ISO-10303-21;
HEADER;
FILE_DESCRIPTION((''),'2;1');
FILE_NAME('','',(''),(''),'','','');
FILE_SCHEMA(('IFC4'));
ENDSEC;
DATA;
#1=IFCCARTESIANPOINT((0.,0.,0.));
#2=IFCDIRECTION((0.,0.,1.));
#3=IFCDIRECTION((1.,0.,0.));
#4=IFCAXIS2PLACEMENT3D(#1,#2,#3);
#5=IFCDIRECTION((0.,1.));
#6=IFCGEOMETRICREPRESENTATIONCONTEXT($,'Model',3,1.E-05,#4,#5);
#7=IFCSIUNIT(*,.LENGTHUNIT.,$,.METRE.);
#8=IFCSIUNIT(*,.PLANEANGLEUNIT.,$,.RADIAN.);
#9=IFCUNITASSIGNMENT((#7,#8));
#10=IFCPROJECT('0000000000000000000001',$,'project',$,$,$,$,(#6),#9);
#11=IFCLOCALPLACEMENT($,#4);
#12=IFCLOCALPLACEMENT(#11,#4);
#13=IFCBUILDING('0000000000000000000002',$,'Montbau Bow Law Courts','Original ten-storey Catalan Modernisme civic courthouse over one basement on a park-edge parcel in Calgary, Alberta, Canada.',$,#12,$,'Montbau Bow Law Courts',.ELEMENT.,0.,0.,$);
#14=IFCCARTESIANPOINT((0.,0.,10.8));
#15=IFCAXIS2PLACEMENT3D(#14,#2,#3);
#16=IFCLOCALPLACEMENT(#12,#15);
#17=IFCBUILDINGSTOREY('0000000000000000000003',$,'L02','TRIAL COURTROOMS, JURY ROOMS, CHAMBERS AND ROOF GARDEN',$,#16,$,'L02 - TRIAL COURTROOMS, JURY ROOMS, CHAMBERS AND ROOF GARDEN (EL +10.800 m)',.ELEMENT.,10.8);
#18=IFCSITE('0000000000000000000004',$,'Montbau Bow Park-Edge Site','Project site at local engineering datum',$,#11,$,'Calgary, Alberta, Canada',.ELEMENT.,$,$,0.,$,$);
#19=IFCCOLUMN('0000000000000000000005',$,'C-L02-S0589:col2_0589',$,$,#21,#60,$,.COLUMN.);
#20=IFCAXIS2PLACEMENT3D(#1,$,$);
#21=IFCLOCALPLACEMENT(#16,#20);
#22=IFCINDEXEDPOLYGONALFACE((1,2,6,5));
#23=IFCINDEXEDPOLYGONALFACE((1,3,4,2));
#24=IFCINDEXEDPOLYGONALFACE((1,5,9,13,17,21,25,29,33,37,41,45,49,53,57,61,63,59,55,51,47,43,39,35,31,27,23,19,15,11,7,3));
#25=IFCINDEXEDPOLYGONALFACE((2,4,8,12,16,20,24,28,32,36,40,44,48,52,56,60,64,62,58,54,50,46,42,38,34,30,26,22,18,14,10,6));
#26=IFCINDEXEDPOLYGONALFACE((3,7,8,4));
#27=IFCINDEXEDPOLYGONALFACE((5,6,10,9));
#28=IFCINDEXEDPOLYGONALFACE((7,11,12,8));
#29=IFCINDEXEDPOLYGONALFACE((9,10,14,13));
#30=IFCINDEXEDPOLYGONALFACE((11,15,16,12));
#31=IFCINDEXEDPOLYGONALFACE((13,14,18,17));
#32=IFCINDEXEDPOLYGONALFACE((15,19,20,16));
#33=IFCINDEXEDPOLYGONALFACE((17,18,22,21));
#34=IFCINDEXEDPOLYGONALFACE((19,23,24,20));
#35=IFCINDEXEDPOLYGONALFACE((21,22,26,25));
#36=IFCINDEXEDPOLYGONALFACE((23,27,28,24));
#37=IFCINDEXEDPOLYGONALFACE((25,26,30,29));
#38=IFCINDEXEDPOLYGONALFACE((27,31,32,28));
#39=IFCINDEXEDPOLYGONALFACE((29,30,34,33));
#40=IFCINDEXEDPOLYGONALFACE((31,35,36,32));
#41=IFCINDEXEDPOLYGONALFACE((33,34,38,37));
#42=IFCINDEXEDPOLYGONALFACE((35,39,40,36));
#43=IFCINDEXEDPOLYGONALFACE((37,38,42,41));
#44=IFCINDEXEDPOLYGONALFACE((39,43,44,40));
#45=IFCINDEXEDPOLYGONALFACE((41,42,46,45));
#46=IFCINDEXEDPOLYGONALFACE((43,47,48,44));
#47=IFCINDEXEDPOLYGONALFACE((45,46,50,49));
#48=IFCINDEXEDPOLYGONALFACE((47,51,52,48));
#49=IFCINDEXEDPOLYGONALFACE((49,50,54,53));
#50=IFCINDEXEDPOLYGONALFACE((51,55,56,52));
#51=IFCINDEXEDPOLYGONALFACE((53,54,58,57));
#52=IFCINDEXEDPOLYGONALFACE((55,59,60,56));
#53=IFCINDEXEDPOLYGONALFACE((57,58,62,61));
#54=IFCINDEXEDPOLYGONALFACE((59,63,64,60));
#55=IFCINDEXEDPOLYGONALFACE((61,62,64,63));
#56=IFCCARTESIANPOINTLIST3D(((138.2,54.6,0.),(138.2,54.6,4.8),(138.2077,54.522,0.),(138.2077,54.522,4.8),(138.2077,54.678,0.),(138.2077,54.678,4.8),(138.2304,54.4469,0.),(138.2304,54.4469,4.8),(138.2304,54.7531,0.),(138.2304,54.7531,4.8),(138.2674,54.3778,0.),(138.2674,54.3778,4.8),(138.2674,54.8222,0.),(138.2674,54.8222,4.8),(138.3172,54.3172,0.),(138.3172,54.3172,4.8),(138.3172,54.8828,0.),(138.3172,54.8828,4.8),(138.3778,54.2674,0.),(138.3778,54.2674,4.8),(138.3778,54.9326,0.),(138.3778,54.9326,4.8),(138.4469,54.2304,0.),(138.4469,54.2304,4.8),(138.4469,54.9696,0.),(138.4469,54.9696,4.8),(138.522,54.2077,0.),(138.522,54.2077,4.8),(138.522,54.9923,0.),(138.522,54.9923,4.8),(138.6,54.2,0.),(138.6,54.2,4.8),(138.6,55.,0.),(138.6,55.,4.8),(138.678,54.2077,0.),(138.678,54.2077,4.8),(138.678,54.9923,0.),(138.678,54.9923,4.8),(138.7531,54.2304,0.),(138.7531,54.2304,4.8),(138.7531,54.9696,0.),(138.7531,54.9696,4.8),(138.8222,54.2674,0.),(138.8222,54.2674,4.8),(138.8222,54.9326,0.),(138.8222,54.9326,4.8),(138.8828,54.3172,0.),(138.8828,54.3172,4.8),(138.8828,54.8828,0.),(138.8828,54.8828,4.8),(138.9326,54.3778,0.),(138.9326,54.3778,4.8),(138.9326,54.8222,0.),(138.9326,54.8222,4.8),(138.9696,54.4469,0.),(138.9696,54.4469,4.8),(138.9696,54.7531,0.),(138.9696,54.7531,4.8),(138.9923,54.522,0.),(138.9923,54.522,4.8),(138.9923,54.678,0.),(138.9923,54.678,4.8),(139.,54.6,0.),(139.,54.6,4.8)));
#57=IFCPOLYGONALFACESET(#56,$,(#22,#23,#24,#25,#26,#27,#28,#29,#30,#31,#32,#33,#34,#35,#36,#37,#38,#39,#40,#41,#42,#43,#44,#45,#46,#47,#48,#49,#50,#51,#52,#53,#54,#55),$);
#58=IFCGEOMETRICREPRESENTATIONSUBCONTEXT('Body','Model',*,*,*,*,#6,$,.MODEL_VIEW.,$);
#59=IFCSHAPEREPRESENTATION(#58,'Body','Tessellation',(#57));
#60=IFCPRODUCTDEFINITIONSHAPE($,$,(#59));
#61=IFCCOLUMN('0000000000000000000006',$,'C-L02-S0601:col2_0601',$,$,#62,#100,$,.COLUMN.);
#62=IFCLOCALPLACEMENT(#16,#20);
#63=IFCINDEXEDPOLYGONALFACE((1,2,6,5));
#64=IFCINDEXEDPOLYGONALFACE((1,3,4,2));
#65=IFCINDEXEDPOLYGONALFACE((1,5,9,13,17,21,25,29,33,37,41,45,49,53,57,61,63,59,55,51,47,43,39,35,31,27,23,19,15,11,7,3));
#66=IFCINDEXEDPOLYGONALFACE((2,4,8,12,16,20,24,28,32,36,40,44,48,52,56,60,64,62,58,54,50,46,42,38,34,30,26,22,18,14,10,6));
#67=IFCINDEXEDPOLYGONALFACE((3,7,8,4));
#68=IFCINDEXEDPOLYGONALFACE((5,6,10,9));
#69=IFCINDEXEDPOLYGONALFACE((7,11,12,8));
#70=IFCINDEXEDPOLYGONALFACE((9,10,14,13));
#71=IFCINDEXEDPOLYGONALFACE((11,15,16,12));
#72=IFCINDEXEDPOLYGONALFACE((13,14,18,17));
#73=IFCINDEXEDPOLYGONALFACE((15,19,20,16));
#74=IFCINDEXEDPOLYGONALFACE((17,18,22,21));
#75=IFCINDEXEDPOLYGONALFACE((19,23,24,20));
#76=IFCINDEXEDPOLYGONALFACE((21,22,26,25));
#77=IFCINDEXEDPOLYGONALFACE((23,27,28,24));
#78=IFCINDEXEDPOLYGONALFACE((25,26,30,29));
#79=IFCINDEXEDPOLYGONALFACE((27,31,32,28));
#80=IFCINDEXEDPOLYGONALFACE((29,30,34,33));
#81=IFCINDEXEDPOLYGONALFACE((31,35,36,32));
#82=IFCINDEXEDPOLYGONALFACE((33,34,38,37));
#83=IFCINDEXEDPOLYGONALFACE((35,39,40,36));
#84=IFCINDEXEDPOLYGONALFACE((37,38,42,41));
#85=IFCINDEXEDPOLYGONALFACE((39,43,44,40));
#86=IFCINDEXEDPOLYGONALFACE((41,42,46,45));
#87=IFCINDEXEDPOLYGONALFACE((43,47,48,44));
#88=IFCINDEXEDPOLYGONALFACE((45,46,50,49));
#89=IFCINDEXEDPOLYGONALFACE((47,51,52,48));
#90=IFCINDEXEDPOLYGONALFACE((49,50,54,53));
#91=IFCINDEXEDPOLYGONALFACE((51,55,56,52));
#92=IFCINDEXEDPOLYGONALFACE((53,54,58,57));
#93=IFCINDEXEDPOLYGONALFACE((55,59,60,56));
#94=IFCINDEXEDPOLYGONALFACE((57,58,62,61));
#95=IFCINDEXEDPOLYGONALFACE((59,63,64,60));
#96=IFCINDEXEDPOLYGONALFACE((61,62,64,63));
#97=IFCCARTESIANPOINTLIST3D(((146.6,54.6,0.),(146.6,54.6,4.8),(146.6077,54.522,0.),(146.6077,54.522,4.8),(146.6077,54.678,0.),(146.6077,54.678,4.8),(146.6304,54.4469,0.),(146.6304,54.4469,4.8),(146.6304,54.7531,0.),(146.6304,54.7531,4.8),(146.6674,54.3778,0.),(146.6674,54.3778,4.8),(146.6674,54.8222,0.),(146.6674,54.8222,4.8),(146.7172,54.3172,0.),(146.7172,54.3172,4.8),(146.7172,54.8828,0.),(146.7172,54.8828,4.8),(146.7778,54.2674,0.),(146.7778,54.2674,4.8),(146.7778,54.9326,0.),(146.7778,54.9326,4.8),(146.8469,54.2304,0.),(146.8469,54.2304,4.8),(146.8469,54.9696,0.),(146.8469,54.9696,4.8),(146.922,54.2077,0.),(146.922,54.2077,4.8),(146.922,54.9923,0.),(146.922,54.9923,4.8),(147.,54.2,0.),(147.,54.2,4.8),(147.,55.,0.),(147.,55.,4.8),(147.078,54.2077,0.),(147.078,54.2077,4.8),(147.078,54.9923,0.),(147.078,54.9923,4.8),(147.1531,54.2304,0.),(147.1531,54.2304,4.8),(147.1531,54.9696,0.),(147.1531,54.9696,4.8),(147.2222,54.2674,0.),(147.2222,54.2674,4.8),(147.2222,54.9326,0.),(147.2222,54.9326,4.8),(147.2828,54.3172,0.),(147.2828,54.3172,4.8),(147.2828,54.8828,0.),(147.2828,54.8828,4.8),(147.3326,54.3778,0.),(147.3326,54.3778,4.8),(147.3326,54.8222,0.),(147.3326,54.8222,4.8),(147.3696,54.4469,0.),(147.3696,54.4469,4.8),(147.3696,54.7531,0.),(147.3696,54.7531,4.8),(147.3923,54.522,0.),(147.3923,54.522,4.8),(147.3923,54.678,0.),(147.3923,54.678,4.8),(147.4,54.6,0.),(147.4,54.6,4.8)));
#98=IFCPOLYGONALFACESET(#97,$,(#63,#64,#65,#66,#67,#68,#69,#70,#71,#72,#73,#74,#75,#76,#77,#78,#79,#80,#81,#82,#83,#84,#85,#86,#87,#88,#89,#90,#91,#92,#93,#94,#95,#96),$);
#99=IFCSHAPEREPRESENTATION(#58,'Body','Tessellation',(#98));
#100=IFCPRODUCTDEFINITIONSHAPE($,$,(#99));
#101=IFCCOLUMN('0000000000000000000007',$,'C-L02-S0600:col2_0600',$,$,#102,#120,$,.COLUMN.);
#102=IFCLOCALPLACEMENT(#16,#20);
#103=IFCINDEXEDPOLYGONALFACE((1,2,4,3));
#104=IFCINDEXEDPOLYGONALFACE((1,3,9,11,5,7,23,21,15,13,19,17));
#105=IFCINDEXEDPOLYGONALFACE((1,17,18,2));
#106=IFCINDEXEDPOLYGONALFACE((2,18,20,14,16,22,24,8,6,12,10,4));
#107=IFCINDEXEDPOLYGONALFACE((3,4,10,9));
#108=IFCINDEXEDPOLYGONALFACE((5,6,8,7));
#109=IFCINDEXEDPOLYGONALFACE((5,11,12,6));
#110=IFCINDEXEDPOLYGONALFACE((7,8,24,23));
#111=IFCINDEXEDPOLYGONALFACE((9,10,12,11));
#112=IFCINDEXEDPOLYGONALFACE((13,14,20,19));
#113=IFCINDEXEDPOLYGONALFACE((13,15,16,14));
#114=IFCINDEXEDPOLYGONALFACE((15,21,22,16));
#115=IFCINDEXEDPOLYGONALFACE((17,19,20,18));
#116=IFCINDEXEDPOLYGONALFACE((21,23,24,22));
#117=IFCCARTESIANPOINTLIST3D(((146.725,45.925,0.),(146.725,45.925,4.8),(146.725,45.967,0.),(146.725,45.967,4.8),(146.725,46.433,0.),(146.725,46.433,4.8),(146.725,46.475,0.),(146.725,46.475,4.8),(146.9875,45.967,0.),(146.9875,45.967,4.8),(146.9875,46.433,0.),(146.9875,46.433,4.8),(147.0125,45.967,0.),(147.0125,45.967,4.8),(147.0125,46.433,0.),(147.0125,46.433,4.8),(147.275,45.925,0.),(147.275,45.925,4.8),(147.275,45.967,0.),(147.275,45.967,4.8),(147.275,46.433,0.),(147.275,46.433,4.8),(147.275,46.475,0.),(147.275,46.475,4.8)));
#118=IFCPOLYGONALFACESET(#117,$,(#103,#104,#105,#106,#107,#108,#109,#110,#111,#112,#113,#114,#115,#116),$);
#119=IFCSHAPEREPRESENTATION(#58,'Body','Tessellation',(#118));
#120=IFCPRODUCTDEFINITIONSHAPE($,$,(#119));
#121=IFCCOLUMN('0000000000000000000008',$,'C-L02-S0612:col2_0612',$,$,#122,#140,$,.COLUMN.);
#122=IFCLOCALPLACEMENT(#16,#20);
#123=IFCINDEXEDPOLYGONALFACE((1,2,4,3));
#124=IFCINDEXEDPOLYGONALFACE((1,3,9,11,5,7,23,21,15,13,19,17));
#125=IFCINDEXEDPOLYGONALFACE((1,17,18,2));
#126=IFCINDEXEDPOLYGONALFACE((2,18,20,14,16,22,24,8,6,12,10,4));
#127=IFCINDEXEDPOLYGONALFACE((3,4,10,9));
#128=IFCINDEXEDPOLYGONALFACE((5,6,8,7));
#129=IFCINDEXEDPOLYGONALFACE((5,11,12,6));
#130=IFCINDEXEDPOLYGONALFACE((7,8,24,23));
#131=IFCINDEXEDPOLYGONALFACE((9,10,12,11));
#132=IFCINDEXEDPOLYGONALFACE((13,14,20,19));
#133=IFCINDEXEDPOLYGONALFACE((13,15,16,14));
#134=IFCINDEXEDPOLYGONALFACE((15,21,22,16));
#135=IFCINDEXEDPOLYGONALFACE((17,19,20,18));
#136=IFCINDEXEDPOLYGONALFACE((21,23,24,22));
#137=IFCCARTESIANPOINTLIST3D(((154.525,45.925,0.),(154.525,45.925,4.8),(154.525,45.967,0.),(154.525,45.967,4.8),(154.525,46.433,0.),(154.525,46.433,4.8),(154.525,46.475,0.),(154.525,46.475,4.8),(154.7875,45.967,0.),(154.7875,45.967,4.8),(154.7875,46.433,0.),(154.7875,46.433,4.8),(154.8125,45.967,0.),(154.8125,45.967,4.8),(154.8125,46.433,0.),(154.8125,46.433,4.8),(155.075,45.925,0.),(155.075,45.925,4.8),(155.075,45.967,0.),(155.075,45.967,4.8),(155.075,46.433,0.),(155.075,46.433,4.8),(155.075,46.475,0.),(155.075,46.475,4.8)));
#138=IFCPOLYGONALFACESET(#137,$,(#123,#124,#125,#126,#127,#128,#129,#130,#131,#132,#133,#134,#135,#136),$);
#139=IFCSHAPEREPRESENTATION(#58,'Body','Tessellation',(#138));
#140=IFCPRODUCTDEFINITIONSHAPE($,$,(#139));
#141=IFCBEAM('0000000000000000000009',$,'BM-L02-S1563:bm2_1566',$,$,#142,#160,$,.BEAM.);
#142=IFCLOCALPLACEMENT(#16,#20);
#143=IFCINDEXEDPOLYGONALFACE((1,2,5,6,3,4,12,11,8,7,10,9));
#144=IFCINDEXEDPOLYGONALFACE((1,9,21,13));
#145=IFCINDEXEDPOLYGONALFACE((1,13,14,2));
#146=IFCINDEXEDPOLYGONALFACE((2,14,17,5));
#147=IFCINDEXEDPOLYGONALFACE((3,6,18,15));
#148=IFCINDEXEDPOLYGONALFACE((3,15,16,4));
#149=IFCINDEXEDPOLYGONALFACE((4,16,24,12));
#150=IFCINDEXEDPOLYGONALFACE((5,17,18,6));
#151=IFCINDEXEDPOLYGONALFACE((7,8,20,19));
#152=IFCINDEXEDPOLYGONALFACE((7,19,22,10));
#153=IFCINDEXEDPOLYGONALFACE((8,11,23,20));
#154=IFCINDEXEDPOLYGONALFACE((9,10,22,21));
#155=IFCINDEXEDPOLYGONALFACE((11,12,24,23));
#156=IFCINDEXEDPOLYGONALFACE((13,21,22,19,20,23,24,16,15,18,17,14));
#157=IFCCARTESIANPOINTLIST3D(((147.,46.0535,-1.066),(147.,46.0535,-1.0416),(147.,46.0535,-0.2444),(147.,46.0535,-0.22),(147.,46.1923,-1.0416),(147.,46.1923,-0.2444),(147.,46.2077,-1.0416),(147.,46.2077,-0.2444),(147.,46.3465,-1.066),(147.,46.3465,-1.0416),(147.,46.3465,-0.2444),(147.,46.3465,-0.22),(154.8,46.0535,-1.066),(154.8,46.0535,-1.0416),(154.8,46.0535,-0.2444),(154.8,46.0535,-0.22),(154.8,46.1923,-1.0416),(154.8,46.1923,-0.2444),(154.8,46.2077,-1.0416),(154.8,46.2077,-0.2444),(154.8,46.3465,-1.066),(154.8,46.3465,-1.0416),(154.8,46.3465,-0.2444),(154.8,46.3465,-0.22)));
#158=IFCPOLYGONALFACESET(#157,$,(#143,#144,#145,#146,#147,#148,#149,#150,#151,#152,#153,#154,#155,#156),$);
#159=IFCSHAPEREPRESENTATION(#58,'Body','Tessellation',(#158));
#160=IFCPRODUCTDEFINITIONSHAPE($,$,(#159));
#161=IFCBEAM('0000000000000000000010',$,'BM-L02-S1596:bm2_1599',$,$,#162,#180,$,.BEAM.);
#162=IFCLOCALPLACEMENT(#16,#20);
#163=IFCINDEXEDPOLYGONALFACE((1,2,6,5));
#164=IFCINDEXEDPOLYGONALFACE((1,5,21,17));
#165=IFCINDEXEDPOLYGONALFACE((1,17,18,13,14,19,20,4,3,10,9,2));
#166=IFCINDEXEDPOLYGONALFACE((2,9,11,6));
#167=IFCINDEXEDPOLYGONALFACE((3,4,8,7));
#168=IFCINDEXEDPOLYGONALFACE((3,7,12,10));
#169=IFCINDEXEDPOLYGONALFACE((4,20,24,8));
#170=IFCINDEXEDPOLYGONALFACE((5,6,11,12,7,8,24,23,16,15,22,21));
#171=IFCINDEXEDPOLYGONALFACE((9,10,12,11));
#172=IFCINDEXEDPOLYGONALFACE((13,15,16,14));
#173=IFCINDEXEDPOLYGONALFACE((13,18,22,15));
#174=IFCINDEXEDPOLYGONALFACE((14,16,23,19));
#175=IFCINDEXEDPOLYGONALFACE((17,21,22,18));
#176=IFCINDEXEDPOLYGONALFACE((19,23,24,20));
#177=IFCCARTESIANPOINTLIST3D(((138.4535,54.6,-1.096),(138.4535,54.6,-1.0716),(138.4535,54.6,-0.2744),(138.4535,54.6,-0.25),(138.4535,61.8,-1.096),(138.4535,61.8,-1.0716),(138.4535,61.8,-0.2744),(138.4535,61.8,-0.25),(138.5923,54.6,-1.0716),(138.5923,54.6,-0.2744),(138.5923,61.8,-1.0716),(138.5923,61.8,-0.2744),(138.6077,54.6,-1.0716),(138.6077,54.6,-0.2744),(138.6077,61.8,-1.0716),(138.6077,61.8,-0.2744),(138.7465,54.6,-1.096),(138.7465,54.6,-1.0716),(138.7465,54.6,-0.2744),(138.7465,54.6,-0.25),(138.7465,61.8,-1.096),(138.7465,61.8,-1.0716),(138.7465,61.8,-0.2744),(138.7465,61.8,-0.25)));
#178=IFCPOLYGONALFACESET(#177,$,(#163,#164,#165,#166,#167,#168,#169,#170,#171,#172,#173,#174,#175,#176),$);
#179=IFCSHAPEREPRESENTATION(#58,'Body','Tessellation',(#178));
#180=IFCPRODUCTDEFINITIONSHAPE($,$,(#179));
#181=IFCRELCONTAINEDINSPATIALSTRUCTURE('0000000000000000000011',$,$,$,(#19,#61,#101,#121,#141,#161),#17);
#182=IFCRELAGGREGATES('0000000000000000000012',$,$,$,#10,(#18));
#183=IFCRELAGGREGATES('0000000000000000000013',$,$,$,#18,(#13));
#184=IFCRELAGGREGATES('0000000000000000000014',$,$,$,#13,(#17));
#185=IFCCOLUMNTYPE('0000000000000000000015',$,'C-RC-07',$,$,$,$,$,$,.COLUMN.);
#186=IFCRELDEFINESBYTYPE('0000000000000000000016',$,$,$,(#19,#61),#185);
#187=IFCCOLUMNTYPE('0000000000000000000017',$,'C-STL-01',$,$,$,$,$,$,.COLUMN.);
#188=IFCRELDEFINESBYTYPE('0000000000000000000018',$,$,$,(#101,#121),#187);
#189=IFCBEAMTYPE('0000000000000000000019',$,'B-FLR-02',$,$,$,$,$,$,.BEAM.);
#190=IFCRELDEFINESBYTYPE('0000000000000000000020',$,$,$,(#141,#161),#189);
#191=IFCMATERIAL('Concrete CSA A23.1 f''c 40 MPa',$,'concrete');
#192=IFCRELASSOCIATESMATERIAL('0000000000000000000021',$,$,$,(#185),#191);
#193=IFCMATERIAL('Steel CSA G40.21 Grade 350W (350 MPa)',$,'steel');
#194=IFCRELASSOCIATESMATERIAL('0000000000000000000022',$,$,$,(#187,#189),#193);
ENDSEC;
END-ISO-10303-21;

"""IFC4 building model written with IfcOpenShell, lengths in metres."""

from ifc_helpers import new_model, si_unit, direction, frame, origin_with_axes, origin_2d_with_axis, place, context, subcontext, project, spatial, circle, i_section, extrude, material, material_profile, profile_set, type_object, element, save


model = new_model("IFC4")

# Units and contexts
model_context = context("Model", 3, precision=1e-05, world=origin_with_axes(), true_north=direction((0.0, 1.0)))
body_context = subcontext(model_context, "Body", "Model", "MODEL_VIEW")
ifc_project = project(units=[si_unit("LENGTHUNIT", "METRE"), si_unit("PLANEANGLEUNIT", "RADIAN")], contexts=[model_context])

# Site, building, storey
site_placement = place(None, origin_with_axes())
site = spatial("IfcSite", under=ifc_project, at=site_placement, Name="Montbau Bow Park-Edge Site", Description="Project site at local engineering datum", LongName="Calgary, Alberta, Canada", CompositionType="ELEMENT", RefElevation=0.0)
building_placement = place(site_placement, origin_with_axes())
building = spatial("IfcBuilding", under=site, at=building_placement, Name="Montbau Bow Law Courts", Description="Original ten-storey Catalan Modernisme civic courthouse over one basement on a park-edge parcel in Calgary, Alberta, Canada.", LongName="Montbau Bow Law Courts", CompositionType="ELEMENT", ElevationOfRefHeight=0.0, ElevationOfTerrain=0.0)
storey_placement = place(building_placement, frame((0.0, 0.0, 10.8), z_axis=(0.0, 0.0, 1.0), x_axis=(1.0, 0.0, 0.0)))
storey = spatial("IfcBuildingStorey", under=building, at=storey_placement, Name="L02", Description="TRIAL COURTROOMS, JURY ROOMS, CHAMBERS AND ROOF GARDEN", LongName="L02 - TRIAL COURTROOMS, JURY ROOMS, CHAMBERS AND ROOF GARDEN (EL +10.800 m)", CompositionType="ELEMENT", Elevation=10.8)

# Columns
ifc_material_1 = material(Name="Concrete CSA A23.1 f'c 40 MPa", Category="concrete")
ifc_material_profile_1 = material_profile(ifc_material_1, circle(Radius=0.4, at=origin_2d_with_axis()), Name="RC800D", Category="Main", Priority=0)
ifc_profile_set_1 = profile_set([ifc_material_profile_1], Name="Concrete CSA A23.1 f'c 40 MPa")
column_type_1 = type_object("IfcColumnType", Name="C-RC-07", PredefinedType="COLUMN", material=ifc_profile_set_1)
for number, where, z_axis, x_axis, name in (
    (1, (138.6, 54.6, 10.8), (0.0, 0.0, 1.0), (1.0, 0.0, 0.0), "C-L02-S0589:col2_0589"),
    (2, (147.0, 54.6, 10.8), (0.0, 0.0, 1.0), (1.0, 0.0, 0.0), "C-L02-S0601:col2_0601"),
):
    element("IfcColumn", number, at=place(None, frame(where, z_axis=z_axis, x_axis=x_axis)), inside=storey, type_object=column_type_1, Name=name, PredefinedType="COLUMN", context=body_context, shape_type="SweptSolid", body=[
        extrude(circle(Radius=0.4, at=origin_2d_with_axis()), origin_with_axes(), (0.0, 0.0, 1.0), 4.8),
    ])
ifc_material_2 = material(Name="Steel CSA G40.21 Grade 350W (350 MPa)", Category="steel")
ifc_material_profile_2 = material_profile(ifc_material_2, i_section(OverallWidth=0.55, OverallDepth=0.55, WebThickness=0.025, FlangeThickness=0.042, at=origin_2d_with_axis()), Name="WWF550X420", Category="Main", Priority=0)
ifc_profile_set_2 = profile_set([ifc_material_profile_2], Name="Steel CSA G40.21 Grade 350W (350 MPa)")
column_type_2 = type_object("IfcColumnType", Name="C-STL-01", PredefinedType="COLUMN", material=ifc_profile_set_2)
for number, where, z_axis, x_axis, name in (
    (3, (147.0, 46.2, 10.8), (0.0, 0.0, 1.0), (1.0, 0.0, 0.0), "C-L02-S0600:col2_0600"),
    (4, (154.8, 46.2, 10.8), (0.0, 0.0, 1.0), (1.0, 0.0, 0.0), "C-L02-S0612:col2_0612"),
):
    element("IfcColumn", number, at=place(None, frame(where, z_axis=z_axis, x_axis=x_axis)), inside=storey, type_object=column_type_2, Name=name, PredefinedType="COLUMN", context=body_context, shape_type="SweptSolid", body=[
        extrude(i_section(OverallWidth=0.55, OverallDepth=0.55, WebThickness=0.025, FlangeThickness=0.042, at=origin_2d_with_axis()), origin_with_axes(), (0.0, 0.0, 1.0), 4.8),
    ])

# Beams
ifc_material_profile_3 = material_profile(ifc_material_2, i_section(OverallWidth=0.293, OverallDepth=0.846, WebThickness=0.0154, FlangeThickness=0.0244, at=origin_2d_with_axis()), Name="W840X210", Category="Main", Priority=0)
ifc_profile_set_3 = profile_set([ifc_material_profile_3], Name="Steel CSA G40.21 Grade 350W (350 MPa)")
beam_type_1 = type_object("IfcBeamType", Name="B-FLR-02", PredefinedType="BEAM", material=ifc_profile_set_3)
beam_1_placement = place(None, frame((147.0, 46.2, 10.157), z_axis=(1.0, 0.0, 0.0), x_axis=(0.0, 1.0, 0.0)))
element("IfcBeam", 5, at=beam_1_placement, inside=storey, type_object=beam_type_1, Name="BM-L02-S1563:bm2_1566", PredefinedType="BEAM", context=body_context, shape_type="SweptSolid", body=[
    extrude(i_section(OverallWidth=0.293, OverallDepth=0.846, WebThickness=0.0154, FlangeThickness=0.0244, at=origin_2d_with_axis()), origin_with_axes(), (0.0, 0.0, 1.0), 7.8),
])
beam_2_placement = place(None, frame((138.6, 54.6, 10.127), z_axis=(0.0, 1.0, 0.0), x_axis=(-1.0, 0.0, 0.0)))
element("IfcBeam", 6, at=beam_2_placement, inside=storey, type_object=beam_type_1, Name="BM-L02-S1596:bm2_1599", PredefinedType="BEAM", context=body_context, shape_type="SweptSolid", body=[
    extrude(i_section(OverallWidth=0.293, OverallDepth=0.846, WebThickness=0.0154, FlangeThickness=0.0244, at=origin_2d_with_axis()), origin_with_axes(), (0.0, 0.0, 1.0), 7.2),
])

save(model, "model.ifc")
